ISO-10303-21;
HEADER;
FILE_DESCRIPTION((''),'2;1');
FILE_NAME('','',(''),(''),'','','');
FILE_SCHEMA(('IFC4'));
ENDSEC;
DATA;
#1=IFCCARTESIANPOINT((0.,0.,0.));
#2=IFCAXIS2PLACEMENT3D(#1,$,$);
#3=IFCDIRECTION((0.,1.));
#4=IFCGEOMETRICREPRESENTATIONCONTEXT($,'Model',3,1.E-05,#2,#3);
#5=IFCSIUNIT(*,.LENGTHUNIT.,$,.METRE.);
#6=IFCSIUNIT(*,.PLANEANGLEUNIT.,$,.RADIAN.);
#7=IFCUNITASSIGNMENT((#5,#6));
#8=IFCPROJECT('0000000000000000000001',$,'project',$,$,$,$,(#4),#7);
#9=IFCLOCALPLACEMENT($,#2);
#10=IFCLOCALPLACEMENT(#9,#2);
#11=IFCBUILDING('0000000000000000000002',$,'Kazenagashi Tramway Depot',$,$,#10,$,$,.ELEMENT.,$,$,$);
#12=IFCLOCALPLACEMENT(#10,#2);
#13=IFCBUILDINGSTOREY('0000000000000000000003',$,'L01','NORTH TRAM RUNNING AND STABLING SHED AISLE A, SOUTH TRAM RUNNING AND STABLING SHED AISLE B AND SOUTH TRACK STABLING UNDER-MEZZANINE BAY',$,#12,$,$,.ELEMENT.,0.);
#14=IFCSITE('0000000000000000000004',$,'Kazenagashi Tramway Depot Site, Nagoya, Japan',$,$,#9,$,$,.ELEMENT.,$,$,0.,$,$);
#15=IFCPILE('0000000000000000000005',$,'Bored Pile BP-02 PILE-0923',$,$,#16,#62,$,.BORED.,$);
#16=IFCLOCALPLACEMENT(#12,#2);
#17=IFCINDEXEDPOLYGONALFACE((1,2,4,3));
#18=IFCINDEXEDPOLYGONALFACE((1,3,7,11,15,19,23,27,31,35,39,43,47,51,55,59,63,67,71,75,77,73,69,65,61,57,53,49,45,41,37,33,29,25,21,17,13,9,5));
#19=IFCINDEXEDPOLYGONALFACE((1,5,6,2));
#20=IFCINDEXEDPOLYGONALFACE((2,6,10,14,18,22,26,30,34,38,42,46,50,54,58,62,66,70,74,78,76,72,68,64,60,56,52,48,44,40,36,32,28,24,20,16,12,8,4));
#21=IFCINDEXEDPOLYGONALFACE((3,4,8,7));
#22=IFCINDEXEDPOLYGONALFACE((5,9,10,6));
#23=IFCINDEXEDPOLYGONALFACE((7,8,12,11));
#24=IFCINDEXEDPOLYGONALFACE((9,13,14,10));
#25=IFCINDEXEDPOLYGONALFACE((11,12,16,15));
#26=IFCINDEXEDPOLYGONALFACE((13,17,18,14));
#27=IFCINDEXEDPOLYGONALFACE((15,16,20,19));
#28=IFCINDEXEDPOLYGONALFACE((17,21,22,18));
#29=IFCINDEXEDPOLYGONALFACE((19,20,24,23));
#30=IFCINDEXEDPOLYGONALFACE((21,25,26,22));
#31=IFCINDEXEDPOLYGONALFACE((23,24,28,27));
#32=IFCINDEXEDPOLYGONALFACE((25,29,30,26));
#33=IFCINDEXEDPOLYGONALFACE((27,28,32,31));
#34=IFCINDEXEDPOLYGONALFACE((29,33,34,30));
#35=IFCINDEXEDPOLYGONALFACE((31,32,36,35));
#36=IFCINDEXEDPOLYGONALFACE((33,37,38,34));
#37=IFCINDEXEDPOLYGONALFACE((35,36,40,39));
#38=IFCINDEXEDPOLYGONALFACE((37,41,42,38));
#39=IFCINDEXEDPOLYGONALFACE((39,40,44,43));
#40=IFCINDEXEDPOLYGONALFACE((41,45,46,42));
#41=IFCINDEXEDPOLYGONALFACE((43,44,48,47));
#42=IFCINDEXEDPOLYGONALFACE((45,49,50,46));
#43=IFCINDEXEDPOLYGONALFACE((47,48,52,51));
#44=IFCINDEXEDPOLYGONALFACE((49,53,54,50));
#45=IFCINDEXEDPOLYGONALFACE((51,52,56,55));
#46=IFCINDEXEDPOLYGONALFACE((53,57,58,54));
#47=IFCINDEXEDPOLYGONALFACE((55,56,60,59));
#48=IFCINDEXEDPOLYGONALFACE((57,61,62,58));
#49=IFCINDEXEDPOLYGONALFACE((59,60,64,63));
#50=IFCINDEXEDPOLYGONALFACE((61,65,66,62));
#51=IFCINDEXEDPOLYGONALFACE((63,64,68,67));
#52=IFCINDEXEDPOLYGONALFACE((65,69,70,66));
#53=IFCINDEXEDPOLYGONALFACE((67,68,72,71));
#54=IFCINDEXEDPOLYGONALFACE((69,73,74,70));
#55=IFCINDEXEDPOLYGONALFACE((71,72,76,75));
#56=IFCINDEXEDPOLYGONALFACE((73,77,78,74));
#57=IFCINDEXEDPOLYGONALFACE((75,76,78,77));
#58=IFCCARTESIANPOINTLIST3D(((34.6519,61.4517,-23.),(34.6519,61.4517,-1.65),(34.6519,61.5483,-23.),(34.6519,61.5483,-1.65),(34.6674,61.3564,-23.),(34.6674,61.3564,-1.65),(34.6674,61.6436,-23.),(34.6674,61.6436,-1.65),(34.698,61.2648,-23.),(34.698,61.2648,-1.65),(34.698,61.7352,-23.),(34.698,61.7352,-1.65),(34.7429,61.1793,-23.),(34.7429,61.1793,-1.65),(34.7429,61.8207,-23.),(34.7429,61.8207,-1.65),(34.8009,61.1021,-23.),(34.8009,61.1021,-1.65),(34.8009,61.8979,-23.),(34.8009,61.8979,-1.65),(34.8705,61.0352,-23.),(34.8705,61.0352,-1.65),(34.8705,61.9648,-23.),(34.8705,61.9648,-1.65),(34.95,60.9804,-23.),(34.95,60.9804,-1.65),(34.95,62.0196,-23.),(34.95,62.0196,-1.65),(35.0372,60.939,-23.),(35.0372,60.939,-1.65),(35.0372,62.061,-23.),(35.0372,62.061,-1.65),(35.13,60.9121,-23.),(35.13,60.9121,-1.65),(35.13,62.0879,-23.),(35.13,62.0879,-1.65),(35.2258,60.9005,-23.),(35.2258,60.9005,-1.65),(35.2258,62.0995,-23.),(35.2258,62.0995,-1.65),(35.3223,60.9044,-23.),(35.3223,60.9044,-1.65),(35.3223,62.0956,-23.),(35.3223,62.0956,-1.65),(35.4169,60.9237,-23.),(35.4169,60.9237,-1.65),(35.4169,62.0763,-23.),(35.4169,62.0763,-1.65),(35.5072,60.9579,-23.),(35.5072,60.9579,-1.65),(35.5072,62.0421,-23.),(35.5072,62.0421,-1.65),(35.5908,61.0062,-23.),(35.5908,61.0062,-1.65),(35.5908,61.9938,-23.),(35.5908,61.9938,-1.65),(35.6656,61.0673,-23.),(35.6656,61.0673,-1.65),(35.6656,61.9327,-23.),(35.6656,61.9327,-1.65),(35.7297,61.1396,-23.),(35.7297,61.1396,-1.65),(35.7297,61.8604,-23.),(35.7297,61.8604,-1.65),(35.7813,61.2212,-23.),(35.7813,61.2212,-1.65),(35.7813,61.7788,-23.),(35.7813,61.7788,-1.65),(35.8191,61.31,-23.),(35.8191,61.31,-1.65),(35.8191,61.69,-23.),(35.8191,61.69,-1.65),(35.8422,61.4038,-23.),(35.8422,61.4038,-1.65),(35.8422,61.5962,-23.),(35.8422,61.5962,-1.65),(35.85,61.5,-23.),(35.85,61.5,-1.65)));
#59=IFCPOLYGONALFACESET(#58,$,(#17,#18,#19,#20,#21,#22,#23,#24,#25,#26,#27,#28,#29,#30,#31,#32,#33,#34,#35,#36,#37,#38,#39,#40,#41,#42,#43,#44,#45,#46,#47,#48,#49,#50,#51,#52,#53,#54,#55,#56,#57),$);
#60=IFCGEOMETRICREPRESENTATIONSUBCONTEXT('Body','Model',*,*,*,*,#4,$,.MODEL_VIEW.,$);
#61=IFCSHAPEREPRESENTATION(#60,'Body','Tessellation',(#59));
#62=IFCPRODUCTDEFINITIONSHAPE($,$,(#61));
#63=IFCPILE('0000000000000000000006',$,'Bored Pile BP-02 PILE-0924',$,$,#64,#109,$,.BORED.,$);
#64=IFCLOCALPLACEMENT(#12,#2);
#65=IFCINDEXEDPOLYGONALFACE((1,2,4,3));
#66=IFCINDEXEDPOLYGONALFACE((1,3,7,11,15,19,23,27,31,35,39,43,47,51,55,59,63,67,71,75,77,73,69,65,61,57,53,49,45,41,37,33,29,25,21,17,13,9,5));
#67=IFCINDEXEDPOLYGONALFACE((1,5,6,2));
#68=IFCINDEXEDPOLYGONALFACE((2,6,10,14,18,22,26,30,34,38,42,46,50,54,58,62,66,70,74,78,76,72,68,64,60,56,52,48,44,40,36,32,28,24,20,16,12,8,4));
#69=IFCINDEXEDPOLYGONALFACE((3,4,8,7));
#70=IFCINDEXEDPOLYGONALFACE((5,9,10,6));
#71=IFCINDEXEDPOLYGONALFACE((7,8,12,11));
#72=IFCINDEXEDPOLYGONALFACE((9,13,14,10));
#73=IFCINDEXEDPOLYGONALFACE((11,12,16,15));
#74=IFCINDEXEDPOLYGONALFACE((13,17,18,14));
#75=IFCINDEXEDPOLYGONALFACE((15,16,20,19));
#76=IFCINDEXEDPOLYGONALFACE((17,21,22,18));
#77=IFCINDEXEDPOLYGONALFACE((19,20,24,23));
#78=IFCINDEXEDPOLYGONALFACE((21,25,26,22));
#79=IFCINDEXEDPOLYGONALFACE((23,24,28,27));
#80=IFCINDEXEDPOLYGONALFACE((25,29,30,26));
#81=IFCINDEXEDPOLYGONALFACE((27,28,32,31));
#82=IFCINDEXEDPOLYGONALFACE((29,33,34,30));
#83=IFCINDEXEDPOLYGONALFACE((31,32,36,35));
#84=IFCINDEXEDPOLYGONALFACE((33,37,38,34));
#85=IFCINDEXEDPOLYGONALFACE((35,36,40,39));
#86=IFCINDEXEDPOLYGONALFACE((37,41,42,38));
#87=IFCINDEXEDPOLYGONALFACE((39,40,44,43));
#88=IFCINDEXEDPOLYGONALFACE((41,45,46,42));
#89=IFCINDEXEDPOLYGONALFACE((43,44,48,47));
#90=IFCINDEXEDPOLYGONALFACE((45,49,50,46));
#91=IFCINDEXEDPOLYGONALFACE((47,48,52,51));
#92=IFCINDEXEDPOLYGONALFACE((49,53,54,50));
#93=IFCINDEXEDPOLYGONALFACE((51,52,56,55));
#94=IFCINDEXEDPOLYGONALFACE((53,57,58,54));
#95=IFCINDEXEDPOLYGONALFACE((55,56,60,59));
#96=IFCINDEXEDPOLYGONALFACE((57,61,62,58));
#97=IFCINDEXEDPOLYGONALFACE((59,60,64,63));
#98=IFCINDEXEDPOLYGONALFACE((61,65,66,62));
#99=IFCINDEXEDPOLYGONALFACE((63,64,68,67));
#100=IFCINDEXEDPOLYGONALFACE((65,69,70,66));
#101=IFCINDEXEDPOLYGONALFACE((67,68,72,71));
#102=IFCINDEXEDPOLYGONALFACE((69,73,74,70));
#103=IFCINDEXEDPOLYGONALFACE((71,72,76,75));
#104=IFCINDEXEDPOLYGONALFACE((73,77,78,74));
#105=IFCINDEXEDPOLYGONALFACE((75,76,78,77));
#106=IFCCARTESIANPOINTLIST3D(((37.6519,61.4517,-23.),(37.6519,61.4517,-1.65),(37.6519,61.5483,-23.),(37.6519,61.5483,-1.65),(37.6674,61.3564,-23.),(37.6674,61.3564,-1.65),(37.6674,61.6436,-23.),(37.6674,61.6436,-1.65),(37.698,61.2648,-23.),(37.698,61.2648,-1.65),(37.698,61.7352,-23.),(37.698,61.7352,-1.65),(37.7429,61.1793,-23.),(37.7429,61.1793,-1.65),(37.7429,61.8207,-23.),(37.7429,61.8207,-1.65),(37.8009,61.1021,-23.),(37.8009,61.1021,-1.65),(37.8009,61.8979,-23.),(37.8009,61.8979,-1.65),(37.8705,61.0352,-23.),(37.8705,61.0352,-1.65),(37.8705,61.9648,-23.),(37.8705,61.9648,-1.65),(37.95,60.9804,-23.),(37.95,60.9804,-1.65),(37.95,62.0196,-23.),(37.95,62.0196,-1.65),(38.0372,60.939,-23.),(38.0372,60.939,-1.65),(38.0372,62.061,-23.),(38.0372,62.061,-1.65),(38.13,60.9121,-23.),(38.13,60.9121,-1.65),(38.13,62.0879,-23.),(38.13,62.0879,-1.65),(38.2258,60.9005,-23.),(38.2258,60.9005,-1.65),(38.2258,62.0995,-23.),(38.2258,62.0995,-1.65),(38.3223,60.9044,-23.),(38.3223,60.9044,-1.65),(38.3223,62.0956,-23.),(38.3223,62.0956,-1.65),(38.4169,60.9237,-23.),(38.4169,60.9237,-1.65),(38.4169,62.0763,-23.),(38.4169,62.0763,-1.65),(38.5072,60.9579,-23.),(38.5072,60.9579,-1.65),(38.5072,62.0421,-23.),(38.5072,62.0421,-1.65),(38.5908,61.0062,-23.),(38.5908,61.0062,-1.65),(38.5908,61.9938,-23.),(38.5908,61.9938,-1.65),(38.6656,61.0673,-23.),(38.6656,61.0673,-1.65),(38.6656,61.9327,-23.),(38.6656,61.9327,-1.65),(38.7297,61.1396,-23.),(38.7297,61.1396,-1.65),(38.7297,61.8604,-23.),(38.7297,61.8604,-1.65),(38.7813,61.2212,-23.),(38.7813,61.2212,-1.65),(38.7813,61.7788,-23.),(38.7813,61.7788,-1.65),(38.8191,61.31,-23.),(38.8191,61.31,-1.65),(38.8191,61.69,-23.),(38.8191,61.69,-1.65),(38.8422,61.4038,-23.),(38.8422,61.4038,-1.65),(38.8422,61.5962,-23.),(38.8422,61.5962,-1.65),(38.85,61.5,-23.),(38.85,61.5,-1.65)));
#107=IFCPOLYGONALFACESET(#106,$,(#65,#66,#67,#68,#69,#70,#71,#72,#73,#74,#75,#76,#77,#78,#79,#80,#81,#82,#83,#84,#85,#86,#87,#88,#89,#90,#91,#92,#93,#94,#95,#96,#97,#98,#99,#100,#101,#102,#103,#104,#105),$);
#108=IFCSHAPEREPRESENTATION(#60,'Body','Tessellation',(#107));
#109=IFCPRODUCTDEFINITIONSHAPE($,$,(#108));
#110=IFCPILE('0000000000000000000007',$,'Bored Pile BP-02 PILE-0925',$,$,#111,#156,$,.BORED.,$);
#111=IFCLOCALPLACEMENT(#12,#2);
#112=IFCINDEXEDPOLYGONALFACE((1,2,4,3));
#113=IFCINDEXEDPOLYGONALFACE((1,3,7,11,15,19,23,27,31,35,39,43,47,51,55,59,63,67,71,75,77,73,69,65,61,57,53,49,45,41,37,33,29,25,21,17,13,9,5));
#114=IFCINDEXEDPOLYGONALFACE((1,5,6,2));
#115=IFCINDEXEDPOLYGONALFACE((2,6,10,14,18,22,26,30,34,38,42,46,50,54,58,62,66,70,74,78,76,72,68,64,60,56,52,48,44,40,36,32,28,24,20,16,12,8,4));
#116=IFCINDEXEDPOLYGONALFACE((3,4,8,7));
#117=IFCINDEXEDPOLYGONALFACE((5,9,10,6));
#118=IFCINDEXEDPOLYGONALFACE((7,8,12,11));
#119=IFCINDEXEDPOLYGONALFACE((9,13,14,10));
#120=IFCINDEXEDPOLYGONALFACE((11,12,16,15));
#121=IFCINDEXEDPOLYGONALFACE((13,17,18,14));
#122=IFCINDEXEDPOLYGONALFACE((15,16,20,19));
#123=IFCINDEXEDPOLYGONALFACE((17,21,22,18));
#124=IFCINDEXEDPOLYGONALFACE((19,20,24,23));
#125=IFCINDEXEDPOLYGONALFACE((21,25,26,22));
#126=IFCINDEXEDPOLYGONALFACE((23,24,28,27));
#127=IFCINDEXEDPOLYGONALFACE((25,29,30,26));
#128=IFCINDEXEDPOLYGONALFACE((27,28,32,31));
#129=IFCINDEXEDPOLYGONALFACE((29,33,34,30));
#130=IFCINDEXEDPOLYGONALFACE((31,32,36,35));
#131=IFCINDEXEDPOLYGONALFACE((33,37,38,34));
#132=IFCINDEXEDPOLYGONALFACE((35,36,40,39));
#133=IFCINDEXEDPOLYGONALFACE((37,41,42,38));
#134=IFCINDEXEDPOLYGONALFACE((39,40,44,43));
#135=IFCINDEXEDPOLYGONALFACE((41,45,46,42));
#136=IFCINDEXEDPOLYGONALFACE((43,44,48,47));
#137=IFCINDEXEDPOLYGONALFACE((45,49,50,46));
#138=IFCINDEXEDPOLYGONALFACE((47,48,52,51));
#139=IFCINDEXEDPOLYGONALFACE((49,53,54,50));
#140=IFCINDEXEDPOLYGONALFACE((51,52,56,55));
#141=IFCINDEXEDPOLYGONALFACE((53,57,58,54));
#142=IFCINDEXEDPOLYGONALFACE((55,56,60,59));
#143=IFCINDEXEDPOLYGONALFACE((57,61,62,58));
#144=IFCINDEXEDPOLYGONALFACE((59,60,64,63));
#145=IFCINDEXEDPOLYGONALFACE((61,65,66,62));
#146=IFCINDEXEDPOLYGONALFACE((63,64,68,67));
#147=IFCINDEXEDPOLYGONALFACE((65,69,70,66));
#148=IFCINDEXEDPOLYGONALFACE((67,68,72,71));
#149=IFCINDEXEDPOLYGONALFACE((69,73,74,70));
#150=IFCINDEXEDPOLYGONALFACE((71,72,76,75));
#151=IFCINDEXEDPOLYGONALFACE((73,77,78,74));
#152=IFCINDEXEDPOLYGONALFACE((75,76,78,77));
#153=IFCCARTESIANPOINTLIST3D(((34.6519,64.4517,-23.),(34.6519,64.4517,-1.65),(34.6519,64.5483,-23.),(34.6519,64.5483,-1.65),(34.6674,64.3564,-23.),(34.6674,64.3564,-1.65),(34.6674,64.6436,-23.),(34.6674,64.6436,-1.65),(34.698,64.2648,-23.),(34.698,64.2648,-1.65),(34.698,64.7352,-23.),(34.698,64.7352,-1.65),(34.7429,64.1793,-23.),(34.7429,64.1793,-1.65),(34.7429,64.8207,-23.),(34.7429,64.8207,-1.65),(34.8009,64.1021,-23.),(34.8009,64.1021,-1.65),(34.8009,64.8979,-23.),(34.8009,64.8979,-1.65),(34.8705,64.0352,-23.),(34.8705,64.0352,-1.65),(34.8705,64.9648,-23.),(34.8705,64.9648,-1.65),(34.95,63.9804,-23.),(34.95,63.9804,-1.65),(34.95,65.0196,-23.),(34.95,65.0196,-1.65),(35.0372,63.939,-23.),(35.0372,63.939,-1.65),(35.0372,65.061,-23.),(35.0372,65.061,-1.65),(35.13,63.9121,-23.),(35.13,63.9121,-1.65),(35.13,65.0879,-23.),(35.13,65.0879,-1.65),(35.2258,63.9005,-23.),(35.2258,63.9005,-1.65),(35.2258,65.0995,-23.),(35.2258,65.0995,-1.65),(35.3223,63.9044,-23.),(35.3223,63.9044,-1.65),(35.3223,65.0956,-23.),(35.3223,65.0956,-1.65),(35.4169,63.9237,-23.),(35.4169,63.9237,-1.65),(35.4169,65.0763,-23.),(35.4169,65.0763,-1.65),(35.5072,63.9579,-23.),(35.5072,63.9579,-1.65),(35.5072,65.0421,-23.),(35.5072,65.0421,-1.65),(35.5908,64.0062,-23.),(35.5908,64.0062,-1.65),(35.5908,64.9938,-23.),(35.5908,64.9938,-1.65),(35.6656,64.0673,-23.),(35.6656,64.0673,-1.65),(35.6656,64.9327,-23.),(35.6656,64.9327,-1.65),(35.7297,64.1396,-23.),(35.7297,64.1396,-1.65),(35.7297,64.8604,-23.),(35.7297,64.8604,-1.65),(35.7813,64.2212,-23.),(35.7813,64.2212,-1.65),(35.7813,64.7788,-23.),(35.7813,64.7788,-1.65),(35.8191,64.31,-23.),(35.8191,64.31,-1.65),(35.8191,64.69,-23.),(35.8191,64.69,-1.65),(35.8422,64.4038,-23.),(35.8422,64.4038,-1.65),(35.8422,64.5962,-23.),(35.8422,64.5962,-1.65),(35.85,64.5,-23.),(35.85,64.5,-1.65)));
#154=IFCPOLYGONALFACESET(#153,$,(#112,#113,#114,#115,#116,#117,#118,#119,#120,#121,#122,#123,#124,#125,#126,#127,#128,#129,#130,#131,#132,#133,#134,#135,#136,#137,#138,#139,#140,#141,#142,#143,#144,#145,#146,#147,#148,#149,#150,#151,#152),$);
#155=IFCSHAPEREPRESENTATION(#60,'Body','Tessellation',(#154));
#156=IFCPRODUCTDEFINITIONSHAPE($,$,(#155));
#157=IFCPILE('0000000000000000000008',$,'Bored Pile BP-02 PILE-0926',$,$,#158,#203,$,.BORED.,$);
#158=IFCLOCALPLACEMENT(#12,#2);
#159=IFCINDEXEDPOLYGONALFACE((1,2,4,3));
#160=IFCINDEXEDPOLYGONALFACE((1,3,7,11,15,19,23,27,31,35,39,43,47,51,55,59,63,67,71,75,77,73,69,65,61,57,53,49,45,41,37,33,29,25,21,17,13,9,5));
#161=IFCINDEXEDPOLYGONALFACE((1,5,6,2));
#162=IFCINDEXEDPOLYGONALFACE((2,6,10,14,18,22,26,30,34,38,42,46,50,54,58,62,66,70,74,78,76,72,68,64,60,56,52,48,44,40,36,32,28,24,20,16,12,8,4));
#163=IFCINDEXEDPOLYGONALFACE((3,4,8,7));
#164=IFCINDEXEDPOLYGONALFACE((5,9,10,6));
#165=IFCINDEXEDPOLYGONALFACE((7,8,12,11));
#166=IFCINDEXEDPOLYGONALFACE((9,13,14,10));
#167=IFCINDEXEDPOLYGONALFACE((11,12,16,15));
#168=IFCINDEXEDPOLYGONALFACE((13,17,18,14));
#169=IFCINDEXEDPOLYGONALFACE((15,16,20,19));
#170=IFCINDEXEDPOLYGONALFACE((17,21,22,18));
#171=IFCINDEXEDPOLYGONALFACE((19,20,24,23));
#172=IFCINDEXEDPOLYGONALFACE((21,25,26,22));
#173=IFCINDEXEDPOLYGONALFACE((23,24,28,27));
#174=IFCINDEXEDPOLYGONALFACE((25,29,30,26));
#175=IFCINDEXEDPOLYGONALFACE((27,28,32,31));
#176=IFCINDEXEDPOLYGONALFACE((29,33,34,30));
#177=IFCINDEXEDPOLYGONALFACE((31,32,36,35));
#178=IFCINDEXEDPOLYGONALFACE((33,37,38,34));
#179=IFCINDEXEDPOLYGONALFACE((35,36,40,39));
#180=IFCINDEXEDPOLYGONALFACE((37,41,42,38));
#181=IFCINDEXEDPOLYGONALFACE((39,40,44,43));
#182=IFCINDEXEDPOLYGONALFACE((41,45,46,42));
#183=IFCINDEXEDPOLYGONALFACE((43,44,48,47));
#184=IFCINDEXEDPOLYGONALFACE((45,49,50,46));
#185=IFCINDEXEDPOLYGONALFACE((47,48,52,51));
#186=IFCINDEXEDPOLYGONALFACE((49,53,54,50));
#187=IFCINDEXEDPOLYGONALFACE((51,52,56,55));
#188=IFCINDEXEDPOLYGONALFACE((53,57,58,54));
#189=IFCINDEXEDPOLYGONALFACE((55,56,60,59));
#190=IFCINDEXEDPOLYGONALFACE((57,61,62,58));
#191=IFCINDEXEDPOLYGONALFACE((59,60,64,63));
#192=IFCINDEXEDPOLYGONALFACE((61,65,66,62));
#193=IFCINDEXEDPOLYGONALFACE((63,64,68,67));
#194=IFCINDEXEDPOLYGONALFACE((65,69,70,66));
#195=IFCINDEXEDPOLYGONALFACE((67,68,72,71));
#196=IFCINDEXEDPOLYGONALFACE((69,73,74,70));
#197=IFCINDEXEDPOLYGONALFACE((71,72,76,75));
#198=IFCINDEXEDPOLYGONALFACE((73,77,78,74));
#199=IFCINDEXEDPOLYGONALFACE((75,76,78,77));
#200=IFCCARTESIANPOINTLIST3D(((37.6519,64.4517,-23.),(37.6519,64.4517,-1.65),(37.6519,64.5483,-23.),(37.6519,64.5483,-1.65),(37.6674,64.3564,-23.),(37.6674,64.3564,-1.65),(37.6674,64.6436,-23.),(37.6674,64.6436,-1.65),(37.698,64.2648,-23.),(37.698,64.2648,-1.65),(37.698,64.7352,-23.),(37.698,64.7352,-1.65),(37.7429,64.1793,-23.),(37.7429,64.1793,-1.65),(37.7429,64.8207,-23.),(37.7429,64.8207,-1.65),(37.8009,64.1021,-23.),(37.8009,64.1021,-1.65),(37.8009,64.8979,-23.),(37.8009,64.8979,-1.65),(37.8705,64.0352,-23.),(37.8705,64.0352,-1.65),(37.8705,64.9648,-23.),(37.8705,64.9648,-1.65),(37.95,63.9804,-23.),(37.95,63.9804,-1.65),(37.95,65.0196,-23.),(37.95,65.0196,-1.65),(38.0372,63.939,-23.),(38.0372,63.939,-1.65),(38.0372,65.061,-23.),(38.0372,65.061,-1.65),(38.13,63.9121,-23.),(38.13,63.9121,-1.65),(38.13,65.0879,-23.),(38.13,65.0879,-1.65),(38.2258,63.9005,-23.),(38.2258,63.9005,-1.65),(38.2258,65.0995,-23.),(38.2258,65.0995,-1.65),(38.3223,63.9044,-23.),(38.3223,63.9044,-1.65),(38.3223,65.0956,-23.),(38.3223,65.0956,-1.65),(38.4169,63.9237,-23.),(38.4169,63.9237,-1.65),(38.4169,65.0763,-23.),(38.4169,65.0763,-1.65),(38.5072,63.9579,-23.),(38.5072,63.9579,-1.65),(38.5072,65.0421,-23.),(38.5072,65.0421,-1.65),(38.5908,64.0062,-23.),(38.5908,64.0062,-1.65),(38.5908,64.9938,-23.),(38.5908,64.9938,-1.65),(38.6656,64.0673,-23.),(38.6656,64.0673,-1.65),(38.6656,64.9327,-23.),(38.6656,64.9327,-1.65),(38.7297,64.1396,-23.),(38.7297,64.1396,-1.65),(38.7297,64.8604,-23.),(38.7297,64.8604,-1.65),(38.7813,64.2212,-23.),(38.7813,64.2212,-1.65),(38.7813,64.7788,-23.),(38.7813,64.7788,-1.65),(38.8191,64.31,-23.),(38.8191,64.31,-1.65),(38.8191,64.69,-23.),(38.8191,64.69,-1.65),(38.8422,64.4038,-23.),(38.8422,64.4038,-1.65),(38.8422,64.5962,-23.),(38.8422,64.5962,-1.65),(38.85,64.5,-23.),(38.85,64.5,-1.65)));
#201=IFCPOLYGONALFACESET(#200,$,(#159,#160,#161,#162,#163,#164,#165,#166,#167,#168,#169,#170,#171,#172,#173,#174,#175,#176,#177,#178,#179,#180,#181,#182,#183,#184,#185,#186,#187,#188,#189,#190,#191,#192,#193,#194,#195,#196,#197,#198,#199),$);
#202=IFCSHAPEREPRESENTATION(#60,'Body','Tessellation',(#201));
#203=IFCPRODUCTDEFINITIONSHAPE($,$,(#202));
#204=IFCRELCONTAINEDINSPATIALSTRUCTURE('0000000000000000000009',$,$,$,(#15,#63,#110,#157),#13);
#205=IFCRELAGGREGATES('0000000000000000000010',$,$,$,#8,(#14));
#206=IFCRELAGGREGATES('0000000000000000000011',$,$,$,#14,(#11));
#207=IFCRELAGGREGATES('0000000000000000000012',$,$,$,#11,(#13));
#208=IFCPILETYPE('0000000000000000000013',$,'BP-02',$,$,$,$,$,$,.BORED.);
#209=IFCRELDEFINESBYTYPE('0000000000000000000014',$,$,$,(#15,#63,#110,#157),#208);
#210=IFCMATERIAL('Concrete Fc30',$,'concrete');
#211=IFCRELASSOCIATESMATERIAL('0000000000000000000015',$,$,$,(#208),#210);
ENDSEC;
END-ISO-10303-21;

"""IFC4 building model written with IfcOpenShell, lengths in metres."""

from ifc_helpers import new_model, si_unit, direction, frame, origin, origin_2d, place, context, subcontext, project, spatial, circle, extrude, material, material_profile, profile_set, type_object, element, save


model = new_model("IFC4")

# Units and contexts
model_context = context("Model", 3, precision=1e-05, world=origin(), true_north=direction((0.0, 1.0)))
body_context = subcontext(model_context, "Body", "Model", "MODEL_VIEW")
ifc_project = project(units=[si_unit("LENGTHUNIT", "METRE"), si_unit("PLANEANGLEUNIT", "RADIAN")], contexts=[model_context])

# Site, building, storey
site_placement = place(None, origin())
site = spatial("IfcSite", under=ifc_project, at=site_placement, Name="Kazenagashi Tramway Depot Site, Nagoya, Japan", CompositionType="ELEMENT", RefElevation=0.0)
building_placement = place(site_placement, origin())
building = spatial("IfcBuilding", under=site, at=building_placement, Name="Kazenagashi Tramway Depot", CompositionType="ELEMENT")
storey_placement = place(building_placement, origin())
storey = spatial("IfcBuildingStorey", under=building, at=storey_placement, Name="L01", Description="NORTH TRAM RUNNING AND STABLING SHED AISLE A, SOUTH TRAM RUNNING AND STABLING SHED AISLE B AND SOUTH TRACK STABLING UNDER-MEZZANINE BAY", CompositionType="ELEMENT", Elevation=0.0)

# Piles
ifc_material_1 = material(Name="Concrete Fc30", Category="concrete")
ifc_material_profile_1 = material_profile(ifc_material_1, circle(Radius=0.6, at=origin_2d()), Name="PILE-1200")
ifc_profile_set_1 = profile_set([ifc_material_profile_1], Name="Concrete Fc30")
pile_type_1 = type_object("IfcPileType", Name="BP-02", PredefinedType="BORED", material=ifc_profile_set_1)
for number, where, z_axis, x_axis, name in (
    (1, (35.25, 61.5, -1.65), (0.0, 0.0, -1.0), (1.0, 0.0, 0.0), "Bored Pile BP-02 PILE-0923"),
    (2, (38.25, 61.5, -1.65), (0.0, 0.0, -1.0), (1.0, 0.0, 0.0), "Bored Pile BP-02 PILE-0924"),
    (3, (35.25, 64.5, -1.65), (0.0, 0.0, -1.0), (1.0, 0.0, 0.0), "Bored Pile BP-02 PILE-0925"),
    (4, (38.25, 64.5, -1.65), (0.0, 0.0, -1.0), (1.0, 0.0, 0.0), "Bored Pile BP-02 PILE-0926"),
):
    element("IfcPile", number, at=place(storey_placement, frame(where, z_axis=z_axis, x_axis=x_axis)), inside=storey, type_object=pile_type_1, Name=name, PredefinedType="BORED", context=body_context, shape_type="SweptSolid", body=[
        extrude(circle(Radius=0.6, at=origin_2d()), origin(), (0.0, 0.0, 1.0), 21.35),
    ])

save(model, "model.ifc")
